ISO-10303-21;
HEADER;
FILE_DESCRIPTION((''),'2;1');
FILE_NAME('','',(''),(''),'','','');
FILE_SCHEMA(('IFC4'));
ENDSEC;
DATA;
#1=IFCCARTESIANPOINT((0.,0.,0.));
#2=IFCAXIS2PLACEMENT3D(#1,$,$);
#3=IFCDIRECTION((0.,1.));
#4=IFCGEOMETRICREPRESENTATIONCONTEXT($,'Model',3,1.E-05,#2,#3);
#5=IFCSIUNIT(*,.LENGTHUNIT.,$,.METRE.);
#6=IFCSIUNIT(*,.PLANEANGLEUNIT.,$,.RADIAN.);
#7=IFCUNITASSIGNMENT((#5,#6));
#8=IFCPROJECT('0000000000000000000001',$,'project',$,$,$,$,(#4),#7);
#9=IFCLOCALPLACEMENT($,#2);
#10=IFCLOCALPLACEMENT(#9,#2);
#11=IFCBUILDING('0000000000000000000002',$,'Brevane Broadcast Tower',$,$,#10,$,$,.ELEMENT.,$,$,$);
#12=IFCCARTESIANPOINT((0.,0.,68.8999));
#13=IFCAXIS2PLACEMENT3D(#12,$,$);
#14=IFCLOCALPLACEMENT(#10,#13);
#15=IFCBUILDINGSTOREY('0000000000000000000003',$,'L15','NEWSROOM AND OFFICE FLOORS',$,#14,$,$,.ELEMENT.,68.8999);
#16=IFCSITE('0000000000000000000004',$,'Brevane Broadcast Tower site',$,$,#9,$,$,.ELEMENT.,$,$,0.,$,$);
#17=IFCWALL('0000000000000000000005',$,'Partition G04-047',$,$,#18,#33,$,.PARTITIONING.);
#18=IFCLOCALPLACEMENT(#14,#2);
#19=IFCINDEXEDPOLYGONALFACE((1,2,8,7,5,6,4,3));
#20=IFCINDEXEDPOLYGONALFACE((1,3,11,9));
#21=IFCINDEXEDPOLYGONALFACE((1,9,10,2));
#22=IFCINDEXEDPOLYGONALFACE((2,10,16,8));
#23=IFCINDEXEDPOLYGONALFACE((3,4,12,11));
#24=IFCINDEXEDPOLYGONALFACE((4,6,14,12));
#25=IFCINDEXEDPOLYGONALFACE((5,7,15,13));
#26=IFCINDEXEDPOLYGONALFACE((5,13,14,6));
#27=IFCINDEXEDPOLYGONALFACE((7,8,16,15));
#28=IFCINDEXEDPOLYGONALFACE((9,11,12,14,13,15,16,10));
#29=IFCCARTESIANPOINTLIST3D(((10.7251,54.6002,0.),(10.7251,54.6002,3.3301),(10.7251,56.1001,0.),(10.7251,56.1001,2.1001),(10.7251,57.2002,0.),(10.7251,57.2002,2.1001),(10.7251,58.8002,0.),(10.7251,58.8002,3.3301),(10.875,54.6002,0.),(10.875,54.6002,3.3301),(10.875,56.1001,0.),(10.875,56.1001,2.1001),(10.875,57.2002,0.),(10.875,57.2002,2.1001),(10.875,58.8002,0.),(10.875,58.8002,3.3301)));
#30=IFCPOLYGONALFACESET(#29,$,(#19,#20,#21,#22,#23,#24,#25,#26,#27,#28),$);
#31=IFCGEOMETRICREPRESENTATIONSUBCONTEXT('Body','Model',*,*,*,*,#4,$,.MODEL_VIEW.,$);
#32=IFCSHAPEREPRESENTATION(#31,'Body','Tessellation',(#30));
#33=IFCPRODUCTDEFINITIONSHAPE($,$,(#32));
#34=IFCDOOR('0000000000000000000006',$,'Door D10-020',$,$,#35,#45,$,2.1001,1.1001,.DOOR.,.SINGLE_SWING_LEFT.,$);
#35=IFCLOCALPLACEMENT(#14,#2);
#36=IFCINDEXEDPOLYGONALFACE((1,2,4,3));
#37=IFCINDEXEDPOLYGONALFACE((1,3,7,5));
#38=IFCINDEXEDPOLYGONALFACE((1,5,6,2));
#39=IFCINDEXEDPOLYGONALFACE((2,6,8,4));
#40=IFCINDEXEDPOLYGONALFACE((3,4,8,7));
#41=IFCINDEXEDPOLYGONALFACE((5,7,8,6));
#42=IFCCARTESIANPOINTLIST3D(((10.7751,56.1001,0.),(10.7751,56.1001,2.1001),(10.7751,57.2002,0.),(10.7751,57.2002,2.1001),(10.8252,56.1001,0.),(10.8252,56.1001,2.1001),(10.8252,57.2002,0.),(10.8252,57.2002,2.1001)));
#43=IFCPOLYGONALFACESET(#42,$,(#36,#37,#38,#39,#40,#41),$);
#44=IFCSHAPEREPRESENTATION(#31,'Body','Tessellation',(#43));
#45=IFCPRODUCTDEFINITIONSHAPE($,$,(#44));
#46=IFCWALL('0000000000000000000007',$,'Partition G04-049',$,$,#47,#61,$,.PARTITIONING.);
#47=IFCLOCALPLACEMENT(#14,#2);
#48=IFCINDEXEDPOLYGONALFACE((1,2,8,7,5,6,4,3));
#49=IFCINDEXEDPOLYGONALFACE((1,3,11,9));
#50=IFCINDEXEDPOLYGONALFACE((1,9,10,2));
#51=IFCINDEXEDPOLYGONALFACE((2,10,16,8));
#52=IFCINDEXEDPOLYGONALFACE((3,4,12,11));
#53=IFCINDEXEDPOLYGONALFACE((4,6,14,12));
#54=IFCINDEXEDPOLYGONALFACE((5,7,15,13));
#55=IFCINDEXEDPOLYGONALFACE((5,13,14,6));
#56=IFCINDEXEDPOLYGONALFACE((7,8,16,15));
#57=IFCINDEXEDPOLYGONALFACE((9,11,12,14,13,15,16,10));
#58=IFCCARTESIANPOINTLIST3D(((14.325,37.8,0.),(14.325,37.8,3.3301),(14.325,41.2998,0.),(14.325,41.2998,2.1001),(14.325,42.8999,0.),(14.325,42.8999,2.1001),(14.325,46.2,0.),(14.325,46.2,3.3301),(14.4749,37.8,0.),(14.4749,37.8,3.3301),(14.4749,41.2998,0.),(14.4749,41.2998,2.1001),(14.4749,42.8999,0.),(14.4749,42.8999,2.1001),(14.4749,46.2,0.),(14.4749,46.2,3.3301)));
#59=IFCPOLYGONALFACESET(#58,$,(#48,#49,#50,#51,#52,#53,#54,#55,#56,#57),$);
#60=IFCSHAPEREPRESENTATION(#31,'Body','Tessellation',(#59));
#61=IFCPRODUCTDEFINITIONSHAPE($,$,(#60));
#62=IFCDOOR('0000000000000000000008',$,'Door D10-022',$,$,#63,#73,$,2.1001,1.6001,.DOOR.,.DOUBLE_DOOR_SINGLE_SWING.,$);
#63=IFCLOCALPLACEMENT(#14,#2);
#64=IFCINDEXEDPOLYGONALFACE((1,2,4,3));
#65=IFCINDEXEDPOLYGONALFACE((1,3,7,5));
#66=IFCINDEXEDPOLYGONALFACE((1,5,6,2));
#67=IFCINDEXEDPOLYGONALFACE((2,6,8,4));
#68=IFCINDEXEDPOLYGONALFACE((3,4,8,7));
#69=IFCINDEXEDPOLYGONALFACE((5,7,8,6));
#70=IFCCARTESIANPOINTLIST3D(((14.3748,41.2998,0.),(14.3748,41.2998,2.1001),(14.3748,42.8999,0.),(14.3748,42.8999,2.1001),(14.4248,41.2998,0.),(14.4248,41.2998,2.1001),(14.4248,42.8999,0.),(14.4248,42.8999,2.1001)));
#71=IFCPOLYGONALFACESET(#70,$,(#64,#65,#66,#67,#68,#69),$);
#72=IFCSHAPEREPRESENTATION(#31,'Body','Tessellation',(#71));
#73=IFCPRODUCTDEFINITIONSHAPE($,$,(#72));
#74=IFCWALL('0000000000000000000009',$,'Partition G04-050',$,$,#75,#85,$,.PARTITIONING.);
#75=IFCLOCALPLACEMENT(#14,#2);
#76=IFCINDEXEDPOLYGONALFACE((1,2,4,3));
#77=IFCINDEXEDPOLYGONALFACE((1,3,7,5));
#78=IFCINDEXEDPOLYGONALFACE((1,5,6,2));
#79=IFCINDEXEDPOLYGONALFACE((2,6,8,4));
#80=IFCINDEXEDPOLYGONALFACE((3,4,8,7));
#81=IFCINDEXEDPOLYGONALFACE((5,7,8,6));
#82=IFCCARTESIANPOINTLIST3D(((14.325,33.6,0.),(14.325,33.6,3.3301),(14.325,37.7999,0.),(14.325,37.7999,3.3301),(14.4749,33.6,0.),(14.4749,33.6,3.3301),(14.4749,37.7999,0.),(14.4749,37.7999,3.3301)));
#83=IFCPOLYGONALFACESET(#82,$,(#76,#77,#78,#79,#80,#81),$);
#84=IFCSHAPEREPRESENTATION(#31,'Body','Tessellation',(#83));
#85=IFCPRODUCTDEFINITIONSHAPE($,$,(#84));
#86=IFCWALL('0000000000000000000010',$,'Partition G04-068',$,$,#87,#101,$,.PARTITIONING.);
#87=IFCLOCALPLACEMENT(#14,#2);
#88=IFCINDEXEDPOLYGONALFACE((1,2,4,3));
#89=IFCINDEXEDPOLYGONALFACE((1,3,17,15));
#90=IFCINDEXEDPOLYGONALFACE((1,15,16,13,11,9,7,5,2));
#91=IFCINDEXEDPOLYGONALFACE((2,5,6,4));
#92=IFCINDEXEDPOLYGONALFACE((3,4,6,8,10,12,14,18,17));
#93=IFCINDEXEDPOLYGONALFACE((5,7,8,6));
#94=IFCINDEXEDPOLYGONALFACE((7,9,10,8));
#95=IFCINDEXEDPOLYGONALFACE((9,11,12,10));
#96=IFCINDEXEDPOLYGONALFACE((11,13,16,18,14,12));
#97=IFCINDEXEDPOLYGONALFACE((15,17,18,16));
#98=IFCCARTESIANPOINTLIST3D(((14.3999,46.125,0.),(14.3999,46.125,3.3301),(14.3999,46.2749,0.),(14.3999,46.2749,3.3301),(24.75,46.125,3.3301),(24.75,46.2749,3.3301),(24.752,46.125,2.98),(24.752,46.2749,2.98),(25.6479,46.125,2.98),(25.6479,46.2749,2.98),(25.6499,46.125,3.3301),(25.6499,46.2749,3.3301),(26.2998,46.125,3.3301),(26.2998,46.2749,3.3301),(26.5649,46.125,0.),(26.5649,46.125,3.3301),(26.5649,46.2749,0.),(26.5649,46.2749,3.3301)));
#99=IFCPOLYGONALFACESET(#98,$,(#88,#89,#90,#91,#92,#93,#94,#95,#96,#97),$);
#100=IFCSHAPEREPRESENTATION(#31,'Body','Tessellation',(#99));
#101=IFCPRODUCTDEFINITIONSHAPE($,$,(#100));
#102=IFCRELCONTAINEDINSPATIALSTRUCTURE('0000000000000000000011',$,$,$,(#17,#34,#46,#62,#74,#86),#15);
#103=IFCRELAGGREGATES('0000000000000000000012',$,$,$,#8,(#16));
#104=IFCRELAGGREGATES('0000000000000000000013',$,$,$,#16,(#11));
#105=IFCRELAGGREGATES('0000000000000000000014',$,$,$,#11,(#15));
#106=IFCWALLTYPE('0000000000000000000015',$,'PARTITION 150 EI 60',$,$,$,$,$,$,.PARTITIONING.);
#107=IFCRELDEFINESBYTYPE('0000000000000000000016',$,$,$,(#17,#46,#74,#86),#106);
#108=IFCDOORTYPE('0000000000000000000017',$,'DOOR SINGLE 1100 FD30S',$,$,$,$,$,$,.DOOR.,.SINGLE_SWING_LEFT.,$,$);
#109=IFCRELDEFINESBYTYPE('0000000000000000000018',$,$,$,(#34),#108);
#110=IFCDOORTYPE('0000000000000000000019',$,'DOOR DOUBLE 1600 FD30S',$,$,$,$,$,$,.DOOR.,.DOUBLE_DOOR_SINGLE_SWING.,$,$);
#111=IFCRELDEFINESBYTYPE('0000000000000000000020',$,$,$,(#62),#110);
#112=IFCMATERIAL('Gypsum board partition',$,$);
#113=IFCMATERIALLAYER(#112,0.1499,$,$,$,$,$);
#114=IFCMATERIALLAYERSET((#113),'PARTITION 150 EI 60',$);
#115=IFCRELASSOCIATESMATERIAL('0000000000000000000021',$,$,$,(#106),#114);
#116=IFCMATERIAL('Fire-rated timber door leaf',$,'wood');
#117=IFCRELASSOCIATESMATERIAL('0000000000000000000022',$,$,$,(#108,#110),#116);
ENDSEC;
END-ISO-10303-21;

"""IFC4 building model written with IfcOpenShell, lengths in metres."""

from ifc_helpers import new_model, si_unit, direction, frame, frame_2d, origin, place, context, subcontext, project, spatial, polyline, rectangle, outline, extrude, material, layer, layer_set, type_object, element, fill, save


model = new_model("IFC4")

# Units and contexts
model_context = context("Model", 3, precision=1e-05, world=origin(), true_north=direction((0.0, 1.0)))
body_context = subcontext(model_context, "Body", "Model", "MODEL_VIEW")
ifc_project = project(units=[si_unit("LENGTHUNIT", "METRE"), si_unit("PLANEANGLEUNIT", "RADIAN")], contexts=[model_context])

# Site, building, storey
site_placement = place(None, origin())
site = spatial("IfcSite", under=ifc_project, at=site_placement, Name="Brevane Broadcast Tower site", CompositionType="ELEMENT", RefElevation=0.0)
building_placement = place(site_placement, origin())
building = spatial("IfcBuilding", under=site, at=building_placement, Name="Brevane Broadcast Tower", CompositionType="ELEMENT")
storey_placement = place(building_placement, frame((0.0, 0.0, 68.8999)))
storey = spatial("IfcBuildingStorey", under=building, at=storey_placement, Name="L15", Description="NEWSROOM AND OFFICE FLOORS", CompositionType="ELEMENT", Elevation=68.8999)

# Shared definitions
ifc_material_1 = material(Name="Gypsum board partition")
ifc_layer_1 = layer(ifc_material_1, 0.1499)
ifc_layer_set_1 = layer_set([ifc_layer_1], Name="PARTITION 150 EI 60")
wall_type_1 = type_object("IfcWallType", Name="PARTITION 150 EI 60", PredefinedType="PARTITIONING", material=ifc_layer_set_1)

# Walls, openings, doors
ifc_material_2 = material(Name="Fire-rated timber door leaf", Category="wood")
door_type_1 = type_object("IfcDoorType", Name="DOOR SINGLE 1100 FD30S", OperationType="SINGLE_SWING_LEFT", PredefinedType="DOOR", material=ifc_material_2)
wall_1_placement = place(storey_placement, frame((10.8, 54.6001, 0.0), z_axis=(0.0, 0.0, 1.0), x_axis=(0.0, 1.0, 0.0)))
wall_1 = element("IfcWall", 1, at=wall_1_placement, inside=storey, type_object=wall_type_1, Name="Partition G04-047", PredefinedType="PARTITIONING", context=body_context, shape_type="SweptSolid", body=[
    extrude(rectangle(XDim=4.2, YDim=0.1499, at=frame_2d((2.1001, 0.0))), origin(), (0.0, 0.0, 1.0), 3.3301),
])
opening_1_placement = place(wall_1_placement, frame((1.5, 0.0, 0.0)))
opening_1 = element("IfcOpeningElement", 2, at=opening_1_placement, cuts=wall_1, PredefinedType="OPENING", context=body_context, shape_type="SweptSolid", body=[
    extrude(rectangle(XDim=1.1001, YDim=2.1001, at=frame_2d((0.55, 1.05))), frame((0.0, 0.085, 0.0), z_axis=(0.0, -1.0, 0.0), x_axis=(1.0, 0.0, 0.0)), (0.0, 0.0, 1.0), 0.1699),
])
door_1_placement = place(opening_1_placement, origin())
door_1 = element("IfcDoor", 3, at=door_1_placement, inside=storey, type_object=door_type_1, Name="Door D10-020", OperationType="SINGLE_SWING_LEFT", OverallHeight=2.1001, OverallWidth=1.1001, PredefinedType="DOOR", context=body_context, shape_type="SweptSolid", body=[
    extrude(rectangle(XDim=1.1001, YDim=2.1001, at=frame_2d((0.55, 1.05))), frame((0.0, 0.0249, 0.0), z_axis=(0.0, -1.0, 0.0), x_axis=(1.0, 0.0, 0.0)), (0.0, 0.0, 1.0), 0.05),
])
fill(opening_1, door_1)
wall_2_placement = place(storey_placement, frame((14.3999, 46.2, 0.0), z_axis=(0.0, 0.0, 1.0), x_axis=(0.0, -1.0, 0.0)))
wall_2 = element("IfcWall", 4, at=wall_2_placement, inside=storey, type_object=wall_type_1, Name="Partition G04-049", PredefinedType="PARTITIONING", context=body_context, shape_type="SweptSolid", body=[
    extrude(rectangle(XDim=8.3999, YDim=0.1499, at=frame_2d((4.2, 0.0))), origin(), (0.0, 0.0, 1.0), 3.3301),
])
opening_2_placement = place(wall_2_placement, frame((3.3, 0.0, 0.0)))
opening_2 = element("IfcOpeningElement", 5, at=opening_2_placement, cuts=wall_2, PredefinedType="OPENING", context=body_context, shape_type="SweptSolid", body=[
    extrude(rectangle(XDim=1.6001, YDim=2.1001, at=frame_2d((0.8, 1.05))), frame((0.0, 0.085, 0.0), z_axis=(0.0, -1.0, 0.0), x_axis=(1.0, 0.0, 0.0)), (0.0, 0.0, 1.0), 0.1699),
])
door_type_2 = type_object("IfcDoorType", Name="DOOR DOUBLE 1600 FD30S", OperationType="DOUBLE_DOOR_SINGLE_SWING", PredefinedType="DOOR", material=ifc_material_2)
door_2_placement = place(opening_2_placement, origin())
door_2 = element("IfcDoor", 6, at=door_2_placement, inside=storey, type_object=door_type_2, Name="Door D10-022", OperationType="DOUBLE_DOOR_SINGLE_SWING", OverallHeight=2.1001, OverallWidth=1.6001, PredefinedType="DOOR", context=body_context, shape_type="SweptSolid", body=[
    extrude(rectangle(XDim=1.6001, YDim=2.1001, at=frame_2d((0.8, 1.05))), frame((0.0, 0.0249, 0.0), z_axis=(0.0, -1.0, 0.0), x_axis=(1.0, 0.0, 0.0)), (0.0, 0.0, 1.0), 0.05),
])
fill(opening_2, door_2)

# Walls
wall_3_placement = place(storey_placement, frame((14.3999, 37.8, 0.0), z_axis=(0.0, 0.0, 1.0), x_axis=(0.0, -1.0, 0.0)))
element("IfcWall", 7, at=wall_3_placement, inside=storey, type_object=wall_type_1, Name="Partition G04-050", PredefinedType="PARTITIONING", context=body_context, shape_type="SweptSolid", body=[
    extrude(rectangle(XDim=4.2, YDim=0.1499, at=frame_2d((2.1001, 0.0))), origin(), (0.0, 0.0, 1.0), 3.3301),
])
wall_4_placement = place(storey_placement, frame((14.3999, 46.2, 0.0), z_axis=(0.0, 0.0, 1.0), x_axis=(1.0, 0.0, 0.0)))
element("IfcWall", 8, at=wall_4_placement, inside=storey, type_object=wall_type_1, Name="Partition G04-068", PredefinedType="PARTITIONING", context=body_context, shape_type="SweptSolid", body=[
    extrude(outline(polyline([(0.0, 0.0), (12.165, 0.0), (12.165, 3.3301), (11.8999, 3.3301), (11.25, 3.3301), (11.248, 2.98), (10.3521, 2.98), (10.3501, 3.3301), (0.0, 3.3301), (0.0, 0.0)])), frame((0.0, 0.075, 0.0), z_axis=(0.0, -1.0, 0.0), x_axis=(1.0, 0.0, 0.0)), (0.0, 0.0, 1.0), 0.1499),
])

save(model, "model.ifc")
